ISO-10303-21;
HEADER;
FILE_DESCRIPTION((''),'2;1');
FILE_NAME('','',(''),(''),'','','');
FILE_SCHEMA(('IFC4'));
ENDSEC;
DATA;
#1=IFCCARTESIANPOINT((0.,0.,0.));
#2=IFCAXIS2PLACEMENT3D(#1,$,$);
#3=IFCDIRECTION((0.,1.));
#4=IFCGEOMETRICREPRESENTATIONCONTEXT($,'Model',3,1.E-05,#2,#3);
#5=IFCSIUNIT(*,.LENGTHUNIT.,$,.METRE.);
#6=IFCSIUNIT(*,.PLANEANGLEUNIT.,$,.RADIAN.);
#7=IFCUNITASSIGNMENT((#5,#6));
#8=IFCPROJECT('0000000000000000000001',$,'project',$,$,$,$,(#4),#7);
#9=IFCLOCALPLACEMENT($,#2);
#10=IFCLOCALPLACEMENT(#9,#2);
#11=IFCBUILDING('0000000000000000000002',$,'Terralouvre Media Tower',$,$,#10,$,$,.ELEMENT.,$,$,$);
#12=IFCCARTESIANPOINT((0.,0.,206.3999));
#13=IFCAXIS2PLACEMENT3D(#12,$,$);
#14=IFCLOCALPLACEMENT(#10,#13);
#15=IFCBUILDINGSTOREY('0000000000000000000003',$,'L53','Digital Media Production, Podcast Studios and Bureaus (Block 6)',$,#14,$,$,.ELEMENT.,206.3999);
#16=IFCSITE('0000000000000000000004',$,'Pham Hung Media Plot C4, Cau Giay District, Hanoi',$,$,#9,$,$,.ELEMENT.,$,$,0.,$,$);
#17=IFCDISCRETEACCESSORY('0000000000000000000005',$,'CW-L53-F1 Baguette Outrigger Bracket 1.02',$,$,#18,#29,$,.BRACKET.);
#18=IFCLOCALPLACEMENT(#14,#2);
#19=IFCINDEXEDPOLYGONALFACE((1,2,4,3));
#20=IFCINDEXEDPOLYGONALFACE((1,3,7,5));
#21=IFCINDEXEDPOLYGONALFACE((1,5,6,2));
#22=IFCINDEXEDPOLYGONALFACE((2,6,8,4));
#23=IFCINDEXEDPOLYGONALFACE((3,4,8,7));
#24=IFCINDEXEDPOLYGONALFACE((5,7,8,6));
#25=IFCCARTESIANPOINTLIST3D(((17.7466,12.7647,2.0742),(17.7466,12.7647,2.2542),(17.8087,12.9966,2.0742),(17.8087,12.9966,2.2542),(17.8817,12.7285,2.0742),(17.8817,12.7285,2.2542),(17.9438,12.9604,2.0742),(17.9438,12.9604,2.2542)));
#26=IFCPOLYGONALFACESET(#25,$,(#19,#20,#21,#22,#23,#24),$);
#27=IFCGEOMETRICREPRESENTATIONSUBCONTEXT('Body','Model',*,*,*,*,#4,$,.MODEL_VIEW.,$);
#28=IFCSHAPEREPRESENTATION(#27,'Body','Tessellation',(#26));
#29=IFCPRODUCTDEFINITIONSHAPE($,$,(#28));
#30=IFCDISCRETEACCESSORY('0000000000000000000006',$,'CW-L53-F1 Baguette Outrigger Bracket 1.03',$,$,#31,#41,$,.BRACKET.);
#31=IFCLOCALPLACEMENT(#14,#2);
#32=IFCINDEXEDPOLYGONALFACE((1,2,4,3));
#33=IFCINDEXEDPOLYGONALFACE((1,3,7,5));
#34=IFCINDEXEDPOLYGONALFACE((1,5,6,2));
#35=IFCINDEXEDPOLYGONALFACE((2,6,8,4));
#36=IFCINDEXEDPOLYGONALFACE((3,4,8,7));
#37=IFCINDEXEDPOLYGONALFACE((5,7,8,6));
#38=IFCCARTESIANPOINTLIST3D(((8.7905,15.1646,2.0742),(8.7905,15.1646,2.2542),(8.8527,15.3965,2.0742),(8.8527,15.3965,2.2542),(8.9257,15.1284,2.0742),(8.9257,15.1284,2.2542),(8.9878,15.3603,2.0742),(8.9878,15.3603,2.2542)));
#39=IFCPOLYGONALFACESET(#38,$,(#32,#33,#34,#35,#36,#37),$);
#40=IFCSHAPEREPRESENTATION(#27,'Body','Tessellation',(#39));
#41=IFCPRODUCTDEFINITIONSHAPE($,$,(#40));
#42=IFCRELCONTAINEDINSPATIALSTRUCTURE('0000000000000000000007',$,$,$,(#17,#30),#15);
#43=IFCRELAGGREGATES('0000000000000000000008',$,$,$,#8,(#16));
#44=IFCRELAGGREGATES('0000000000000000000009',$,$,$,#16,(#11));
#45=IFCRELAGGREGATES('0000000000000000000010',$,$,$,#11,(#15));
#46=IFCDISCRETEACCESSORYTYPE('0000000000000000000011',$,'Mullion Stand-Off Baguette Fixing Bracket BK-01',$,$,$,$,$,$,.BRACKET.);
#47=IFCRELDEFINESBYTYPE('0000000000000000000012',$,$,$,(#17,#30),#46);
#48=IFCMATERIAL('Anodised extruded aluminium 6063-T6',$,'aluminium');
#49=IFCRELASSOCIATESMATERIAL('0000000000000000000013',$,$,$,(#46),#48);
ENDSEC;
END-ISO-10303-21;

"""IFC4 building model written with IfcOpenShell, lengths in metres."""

from ifc_helpers import new_model, si_unit, direction, frame, origin, origin_2d, place, context, subcontext, project, spatial, rectangle, extrude, material, type_object, element, save


model = new_model("IFC4")

# Units and contexts
model_context = context("Model", 3, precision=1e-05, world=origin(), true_north=direction((0.0, 1.0)))
body_context = subcontext(model_context, "Body", "Model", "MODEL_VIEW")
ifc_project = project(units=[si_unit("LENGTHUNIT", "METRE"), si_unit("PLANEANGLEUNIT", "RADIAN")], contexts=[model_context])

# Site, building, storey
site_placement = place(None, origin())
site = spatial("IfcSite", under=ifc_project, at=site_placement, Name="Pham Hung Media Plot C4, Cau Giay District, Hanoi", CompositionType="ELEMENT", RefElevation=0.0)
building_placement = place(site_placement, origin())
building = spatial("IfcBuilding", under=site, at=building_placement, Name="Terralouvre Media Tower", CompositionType="ELEMENT")
storey_placement = place(building_placement, frame((0.0, 0.0, 206.3999)))
storey = spatial("IfcBuildingStorey", under=building, at=storey_placement, Name="L53", Description="Digital Media Production, Podcast Studios and Bureaus (Block 6)", CompositionType="ELEMENT", Elevation=206.3999)

# Discrete accessories
ifc_material_1 = material(Name="Anodised extruded aluminium 6063-T6", Category="aluminium")
discrete_accessory_type = type_object("IfcDiscreteAccessoryType", Name="Mullion Stand-Off Baguette Fixing Bracket BK-01", PredefinedType="BRACKET", material=ifc_material_1)
for number, where, z_axis, x_axis, name in (
    (1, (17.8452, 12.8625, 2.0742), (0.0, 0.0, 1.0), (-0.965926, 0.258819, 0.0), "CW-L53-F1 Baguette Outrigger Bracket 1.02"),
    (2, (8.8892, 15.2625, 2.0742), (0.0, 0.0, 1.0), (-0.965926, 0.258819, 0.0), "CW-L53-F1 Baguette Outrigger Bracket 1.03"),
):
    element("IfcDiscreteAccessory", number, at=place(storey_placement, frame(where, z_axis=z_axis, x_axis=x_axis)), inside=storey, type_object=discrete_accessory_type, Name=name, PredefinedType="BRACKET", context=body_context, shape_type="SweptSolid", body=[
        extrude(rectangle(XDim=0.1399, YDim=0.24, at=origin_2d()), origin(), (0.0, 0.0, 1.0), 0.1799),
    ])

save(model, "model.ifc")
